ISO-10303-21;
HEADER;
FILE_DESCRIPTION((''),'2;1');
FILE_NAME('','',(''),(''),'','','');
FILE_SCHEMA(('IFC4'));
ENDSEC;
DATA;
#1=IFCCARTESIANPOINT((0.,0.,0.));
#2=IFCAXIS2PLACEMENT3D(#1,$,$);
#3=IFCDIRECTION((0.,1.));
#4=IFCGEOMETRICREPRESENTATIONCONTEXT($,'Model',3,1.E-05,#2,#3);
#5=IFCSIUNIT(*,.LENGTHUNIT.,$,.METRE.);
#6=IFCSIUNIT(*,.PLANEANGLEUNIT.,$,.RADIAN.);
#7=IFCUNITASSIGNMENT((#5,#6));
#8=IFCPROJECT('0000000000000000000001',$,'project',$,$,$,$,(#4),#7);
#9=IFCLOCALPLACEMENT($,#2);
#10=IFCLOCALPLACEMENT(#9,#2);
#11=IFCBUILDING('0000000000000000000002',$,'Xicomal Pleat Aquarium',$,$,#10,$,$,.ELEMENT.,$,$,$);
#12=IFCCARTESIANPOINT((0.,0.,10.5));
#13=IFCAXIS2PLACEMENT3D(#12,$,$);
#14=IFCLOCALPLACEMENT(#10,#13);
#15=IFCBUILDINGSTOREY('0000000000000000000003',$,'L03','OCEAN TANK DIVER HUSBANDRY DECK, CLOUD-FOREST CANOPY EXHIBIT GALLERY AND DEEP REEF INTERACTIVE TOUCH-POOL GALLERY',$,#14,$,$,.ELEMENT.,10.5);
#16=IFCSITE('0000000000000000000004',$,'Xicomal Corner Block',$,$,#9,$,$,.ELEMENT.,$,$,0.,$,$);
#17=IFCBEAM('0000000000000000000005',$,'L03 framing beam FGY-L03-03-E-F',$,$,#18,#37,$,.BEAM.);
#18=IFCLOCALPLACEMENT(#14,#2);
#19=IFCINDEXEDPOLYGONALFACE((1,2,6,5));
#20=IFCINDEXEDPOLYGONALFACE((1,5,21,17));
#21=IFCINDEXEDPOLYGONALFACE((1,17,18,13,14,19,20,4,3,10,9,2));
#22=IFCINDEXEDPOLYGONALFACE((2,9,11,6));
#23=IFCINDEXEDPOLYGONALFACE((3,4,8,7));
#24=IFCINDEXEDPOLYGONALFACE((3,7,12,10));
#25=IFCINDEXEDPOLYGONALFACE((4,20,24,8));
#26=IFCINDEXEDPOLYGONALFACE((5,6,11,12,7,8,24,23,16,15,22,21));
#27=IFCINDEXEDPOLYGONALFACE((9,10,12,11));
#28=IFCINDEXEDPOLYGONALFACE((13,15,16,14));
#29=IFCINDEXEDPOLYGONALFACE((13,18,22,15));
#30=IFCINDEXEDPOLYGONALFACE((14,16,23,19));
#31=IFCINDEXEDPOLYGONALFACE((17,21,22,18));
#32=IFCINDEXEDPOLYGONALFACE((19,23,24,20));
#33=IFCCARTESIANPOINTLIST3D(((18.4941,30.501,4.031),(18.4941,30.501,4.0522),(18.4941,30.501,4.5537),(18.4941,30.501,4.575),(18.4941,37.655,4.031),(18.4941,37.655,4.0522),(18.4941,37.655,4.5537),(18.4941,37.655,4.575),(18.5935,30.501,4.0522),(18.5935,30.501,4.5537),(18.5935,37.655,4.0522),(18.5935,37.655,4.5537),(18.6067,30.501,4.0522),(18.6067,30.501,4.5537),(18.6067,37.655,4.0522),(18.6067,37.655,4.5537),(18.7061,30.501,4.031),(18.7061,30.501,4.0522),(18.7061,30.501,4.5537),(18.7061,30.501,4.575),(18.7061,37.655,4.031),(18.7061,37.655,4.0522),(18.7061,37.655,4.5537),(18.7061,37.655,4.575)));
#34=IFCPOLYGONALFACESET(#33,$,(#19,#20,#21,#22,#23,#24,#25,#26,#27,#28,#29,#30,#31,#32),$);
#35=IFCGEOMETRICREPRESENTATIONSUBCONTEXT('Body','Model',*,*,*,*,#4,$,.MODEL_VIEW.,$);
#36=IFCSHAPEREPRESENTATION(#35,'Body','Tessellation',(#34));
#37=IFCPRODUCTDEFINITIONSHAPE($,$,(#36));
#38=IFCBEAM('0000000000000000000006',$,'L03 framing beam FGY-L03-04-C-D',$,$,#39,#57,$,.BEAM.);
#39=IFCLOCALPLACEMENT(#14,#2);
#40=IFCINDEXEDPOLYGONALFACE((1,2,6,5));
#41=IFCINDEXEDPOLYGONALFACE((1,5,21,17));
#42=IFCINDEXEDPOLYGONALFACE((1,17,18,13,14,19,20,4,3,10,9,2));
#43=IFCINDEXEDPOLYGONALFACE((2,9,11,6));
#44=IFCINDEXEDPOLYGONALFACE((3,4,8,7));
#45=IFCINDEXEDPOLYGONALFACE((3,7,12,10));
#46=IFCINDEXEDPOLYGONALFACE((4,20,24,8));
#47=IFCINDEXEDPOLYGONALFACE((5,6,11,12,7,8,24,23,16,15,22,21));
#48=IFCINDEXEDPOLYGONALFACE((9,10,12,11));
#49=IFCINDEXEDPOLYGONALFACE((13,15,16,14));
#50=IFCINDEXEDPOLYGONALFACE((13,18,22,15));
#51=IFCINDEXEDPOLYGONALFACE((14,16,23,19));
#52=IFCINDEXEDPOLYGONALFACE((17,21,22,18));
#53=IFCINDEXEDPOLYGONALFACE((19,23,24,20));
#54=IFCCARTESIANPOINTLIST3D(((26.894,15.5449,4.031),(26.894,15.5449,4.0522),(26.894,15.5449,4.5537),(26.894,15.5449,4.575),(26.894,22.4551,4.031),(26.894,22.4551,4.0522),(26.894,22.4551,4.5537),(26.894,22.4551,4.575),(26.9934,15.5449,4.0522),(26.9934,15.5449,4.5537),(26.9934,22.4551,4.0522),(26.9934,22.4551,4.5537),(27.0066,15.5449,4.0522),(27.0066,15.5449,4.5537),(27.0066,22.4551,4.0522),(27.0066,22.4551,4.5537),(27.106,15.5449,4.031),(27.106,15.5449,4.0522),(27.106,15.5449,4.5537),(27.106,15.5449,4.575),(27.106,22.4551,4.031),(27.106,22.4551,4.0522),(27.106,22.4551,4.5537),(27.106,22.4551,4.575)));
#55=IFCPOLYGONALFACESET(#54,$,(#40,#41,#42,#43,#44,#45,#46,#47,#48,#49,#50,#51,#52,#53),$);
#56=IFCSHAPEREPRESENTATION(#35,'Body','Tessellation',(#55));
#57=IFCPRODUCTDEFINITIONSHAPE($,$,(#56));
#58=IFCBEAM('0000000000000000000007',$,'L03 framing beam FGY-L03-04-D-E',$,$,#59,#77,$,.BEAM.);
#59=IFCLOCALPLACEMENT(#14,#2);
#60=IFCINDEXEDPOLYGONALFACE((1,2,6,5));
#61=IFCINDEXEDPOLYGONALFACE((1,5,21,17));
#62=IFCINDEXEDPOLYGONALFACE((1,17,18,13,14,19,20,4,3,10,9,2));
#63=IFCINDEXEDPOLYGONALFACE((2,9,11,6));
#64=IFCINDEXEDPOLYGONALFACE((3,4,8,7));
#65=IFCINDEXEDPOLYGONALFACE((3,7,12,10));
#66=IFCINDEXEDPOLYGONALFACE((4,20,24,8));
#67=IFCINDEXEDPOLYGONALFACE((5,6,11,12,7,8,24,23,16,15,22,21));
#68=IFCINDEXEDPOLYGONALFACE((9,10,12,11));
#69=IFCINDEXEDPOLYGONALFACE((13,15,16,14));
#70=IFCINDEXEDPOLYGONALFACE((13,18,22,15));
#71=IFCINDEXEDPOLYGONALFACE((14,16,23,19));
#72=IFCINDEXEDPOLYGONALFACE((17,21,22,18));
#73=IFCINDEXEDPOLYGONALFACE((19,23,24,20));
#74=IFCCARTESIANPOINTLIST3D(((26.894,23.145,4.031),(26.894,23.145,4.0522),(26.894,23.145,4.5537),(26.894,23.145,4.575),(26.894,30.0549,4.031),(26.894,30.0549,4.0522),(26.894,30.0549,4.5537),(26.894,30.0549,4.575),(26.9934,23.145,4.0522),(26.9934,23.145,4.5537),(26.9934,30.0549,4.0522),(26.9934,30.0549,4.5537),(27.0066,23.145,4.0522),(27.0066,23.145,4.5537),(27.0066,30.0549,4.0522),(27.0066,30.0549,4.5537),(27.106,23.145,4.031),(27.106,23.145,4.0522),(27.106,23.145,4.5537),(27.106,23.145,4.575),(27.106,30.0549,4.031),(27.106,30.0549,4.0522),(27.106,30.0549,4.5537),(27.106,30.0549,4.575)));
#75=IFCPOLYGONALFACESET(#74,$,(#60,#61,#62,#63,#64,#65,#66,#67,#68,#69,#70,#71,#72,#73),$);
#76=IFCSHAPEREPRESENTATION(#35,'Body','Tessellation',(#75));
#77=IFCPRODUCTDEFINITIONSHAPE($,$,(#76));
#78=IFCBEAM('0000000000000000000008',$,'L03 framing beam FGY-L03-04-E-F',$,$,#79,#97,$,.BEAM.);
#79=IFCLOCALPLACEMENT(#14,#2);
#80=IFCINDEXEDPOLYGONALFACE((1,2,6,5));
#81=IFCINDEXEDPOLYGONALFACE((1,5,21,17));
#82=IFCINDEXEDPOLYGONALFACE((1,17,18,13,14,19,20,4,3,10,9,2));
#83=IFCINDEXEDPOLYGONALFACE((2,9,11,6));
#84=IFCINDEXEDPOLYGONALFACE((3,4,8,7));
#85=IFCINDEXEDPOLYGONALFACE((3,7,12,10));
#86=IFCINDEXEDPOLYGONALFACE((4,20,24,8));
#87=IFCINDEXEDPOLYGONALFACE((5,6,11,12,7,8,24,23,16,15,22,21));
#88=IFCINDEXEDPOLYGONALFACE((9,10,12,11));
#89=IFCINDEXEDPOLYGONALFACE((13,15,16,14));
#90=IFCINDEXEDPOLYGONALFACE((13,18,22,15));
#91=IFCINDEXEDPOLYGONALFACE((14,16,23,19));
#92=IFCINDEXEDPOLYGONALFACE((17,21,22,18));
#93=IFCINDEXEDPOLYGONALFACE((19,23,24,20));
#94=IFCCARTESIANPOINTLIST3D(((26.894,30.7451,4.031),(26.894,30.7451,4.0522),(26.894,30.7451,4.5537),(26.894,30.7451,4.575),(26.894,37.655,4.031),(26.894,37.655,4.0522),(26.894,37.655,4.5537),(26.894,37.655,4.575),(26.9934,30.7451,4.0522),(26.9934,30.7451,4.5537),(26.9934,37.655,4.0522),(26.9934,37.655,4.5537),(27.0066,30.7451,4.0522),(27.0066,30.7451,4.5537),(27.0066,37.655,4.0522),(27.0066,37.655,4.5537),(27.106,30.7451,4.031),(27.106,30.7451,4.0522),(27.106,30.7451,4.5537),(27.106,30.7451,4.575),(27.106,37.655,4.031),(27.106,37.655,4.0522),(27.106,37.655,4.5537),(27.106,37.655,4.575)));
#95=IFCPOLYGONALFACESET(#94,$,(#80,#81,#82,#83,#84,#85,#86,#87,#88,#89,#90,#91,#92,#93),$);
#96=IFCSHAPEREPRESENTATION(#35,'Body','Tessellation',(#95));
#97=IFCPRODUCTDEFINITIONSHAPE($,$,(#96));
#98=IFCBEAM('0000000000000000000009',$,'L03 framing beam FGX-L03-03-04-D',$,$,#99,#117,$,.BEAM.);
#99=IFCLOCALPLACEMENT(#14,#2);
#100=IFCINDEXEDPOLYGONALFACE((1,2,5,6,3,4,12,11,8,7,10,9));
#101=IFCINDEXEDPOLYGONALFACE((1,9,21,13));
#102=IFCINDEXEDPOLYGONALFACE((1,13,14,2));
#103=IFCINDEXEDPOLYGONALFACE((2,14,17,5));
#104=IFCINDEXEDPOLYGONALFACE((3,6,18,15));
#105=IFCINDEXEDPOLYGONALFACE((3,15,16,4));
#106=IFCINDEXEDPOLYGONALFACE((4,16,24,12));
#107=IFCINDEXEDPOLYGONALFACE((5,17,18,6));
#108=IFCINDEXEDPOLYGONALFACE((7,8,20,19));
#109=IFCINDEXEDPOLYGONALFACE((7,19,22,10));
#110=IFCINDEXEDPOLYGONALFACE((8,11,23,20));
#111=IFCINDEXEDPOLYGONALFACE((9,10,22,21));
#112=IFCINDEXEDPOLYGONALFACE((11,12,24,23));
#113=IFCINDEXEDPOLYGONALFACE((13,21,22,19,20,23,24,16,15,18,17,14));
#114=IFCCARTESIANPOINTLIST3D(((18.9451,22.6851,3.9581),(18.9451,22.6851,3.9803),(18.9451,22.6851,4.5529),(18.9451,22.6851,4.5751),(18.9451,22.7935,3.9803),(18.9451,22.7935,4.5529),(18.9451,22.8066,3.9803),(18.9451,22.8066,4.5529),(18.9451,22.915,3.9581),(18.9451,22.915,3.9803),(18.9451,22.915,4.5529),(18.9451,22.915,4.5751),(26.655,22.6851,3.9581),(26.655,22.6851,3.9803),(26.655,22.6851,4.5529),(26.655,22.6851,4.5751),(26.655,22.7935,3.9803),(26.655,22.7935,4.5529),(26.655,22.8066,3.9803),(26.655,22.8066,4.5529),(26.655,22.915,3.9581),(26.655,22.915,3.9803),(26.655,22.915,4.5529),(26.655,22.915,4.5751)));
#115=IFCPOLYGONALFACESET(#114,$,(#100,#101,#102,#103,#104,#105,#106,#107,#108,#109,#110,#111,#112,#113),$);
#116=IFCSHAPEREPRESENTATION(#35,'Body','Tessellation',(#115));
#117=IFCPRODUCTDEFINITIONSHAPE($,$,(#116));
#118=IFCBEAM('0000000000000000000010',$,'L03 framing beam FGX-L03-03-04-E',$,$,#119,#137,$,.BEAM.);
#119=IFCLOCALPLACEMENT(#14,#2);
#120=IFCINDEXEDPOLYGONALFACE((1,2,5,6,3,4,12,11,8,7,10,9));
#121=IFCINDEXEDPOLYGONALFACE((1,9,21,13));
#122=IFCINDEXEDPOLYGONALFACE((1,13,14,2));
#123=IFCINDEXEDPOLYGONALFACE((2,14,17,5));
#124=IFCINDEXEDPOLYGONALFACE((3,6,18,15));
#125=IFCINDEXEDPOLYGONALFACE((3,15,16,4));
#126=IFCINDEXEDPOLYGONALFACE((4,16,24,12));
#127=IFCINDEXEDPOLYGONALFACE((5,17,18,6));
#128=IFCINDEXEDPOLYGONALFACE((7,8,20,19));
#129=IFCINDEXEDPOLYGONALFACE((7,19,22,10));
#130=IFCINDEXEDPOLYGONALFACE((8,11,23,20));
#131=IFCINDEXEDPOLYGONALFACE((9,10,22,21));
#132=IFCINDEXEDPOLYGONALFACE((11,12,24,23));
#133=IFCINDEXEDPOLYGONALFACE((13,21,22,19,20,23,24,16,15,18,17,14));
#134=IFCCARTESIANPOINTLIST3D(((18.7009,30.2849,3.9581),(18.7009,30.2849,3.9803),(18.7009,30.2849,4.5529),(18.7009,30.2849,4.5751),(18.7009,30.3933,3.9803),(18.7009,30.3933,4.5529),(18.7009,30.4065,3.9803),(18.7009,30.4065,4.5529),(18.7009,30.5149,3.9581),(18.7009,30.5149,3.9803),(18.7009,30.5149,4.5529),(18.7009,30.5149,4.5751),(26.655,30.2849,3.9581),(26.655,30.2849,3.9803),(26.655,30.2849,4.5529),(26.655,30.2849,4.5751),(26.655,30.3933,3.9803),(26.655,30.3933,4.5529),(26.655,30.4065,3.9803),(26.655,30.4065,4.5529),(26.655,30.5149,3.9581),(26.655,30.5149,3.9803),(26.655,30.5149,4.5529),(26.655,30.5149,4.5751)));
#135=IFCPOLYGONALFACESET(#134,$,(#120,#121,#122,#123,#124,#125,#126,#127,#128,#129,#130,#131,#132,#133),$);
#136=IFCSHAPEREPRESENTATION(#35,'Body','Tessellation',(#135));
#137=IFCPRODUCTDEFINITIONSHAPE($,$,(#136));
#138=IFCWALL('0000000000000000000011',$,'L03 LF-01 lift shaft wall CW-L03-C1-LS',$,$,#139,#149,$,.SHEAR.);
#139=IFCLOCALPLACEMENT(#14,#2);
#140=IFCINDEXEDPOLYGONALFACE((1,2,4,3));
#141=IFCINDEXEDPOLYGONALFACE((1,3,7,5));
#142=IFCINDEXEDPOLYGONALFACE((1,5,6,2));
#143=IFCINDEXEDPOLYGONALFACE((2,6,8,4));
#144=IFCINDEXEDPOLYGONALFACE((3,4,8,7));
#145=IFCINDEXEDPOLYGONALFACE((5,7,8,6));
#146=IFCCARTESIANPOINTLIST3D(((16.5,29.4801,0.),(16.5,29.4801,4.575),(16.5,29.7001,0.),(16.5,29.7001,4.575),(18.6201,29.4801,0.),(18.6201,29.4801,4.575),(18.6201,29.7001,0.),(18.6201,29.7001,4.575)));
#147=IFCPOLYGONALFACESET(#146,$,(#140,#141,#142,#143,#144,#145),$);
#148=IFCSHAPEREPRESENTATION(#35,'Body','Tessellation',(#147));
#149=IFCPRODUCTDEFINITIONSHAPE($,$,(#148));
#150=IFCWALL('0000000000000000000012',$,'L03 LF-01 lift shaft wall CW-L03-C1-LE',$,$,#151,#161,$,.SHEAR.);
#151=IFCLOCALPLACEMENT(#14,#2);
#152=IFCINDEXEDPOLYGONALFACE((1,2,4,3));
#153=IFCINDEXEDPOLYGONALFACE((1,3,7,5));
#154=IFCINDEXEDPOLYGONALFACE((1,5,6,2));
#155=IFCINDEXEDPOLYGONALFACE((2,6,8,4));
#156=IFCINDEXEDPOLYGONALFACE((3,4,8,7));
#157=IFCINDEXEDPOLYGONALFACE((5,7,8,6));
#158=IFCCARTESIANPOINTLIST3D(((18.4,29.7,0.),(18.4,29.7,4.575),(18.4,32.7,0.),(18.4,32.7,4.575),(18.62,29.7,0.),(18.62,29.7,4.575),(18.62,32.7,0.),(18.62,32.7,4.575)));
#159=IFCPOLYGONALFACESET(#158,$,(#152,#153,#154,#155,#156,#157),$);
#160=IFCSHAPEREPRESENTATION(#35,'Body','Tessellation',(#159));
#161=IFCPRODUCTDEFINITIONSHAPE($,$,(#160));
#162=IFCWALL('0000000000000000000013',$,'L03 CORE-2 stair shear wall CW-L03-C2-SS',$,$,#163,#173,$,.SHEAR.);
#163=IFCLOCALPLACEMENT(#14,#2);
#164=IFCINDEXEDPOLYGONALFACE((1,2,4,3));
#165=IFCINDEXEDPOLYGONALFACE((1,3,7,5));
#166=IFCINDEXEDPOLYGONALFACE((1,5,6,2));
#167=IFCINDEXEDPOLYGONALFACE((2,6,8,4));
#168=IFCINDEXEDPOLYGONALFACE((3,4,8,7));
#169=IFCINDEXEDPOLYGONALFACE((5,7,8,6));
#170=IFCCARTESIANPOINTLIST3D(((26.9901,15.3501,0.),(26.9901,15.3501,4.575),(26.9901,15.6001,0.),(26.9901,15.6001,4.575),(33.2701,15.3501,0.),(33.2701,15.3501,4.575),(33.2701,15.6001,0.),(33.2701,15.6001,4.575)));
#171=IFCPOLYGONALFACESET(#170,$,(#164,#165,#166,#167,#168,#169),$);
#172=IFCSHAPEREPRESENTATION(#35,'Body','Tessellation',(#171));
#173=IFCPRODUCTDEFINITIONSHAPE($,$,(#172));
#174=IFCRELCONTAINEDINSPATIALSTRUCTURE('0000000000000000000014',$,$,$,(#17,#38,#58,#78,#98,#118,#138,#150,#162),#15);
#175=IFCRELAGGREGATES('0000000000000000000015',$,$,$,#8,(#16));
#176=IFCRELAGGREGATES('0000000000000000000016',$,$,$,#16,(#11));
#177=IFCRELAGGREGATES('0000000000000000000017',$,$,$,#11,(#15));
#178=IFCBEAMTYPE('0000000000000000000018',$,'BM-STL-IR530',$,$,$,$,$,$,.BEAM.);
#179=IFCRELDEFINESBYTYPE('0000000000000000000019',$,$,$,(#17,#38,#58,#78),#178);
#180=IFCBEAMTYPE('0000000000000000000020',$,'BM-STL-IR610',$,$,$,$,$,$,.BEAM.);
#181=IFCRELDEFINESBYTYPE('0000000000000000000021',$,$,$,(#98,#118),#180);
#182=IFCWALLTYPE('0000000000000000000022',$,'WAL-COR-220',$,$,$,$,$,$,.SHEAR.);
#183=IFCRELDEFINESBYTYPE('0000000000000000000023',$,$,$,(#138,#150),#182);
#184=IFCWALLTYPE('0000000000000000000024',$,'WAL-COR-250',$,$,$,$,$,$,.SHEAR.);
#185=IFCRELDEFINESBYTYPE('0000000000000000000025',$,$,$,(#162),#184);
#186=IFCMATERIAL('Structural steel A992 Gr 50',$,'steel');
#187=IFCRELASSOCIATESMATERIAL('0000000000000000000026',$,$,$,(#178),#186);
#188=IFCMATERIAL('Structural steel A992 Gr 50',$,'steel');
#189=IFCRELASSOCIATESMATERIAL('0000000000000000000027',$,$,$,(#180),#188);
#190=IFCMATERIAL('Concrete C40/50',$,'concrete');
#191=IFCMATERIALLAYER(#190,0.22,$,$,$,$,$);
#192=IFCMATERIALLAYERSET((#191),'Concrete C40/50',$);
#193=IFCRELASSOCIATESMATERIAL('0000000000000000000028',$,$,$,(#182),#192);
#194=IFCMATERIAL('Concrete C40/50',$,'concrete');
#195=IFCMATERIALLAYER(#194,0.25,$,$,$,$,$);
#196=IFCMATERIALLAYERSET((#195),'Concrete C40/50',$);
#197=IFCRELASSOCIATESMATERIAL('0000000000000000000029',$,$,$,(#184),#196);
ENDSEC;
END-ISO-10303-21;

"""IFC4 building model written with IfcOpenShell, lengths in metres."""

from ifc_helpers import new_model, si_unit, direction, frame, frame_2d, origin, origin_2d, place, context, subcontext, project, spatial, rectangle, i_section, extrude, material, layer, layer_set, material_profile, profile_set, type_object, element, save


model = new_model("IFC4")

# Units and contexts
model_context = context("Model", 3, precision=1e-05, world=origin(), true_north=direction((0.0, 1.0)))
body_context = subcontext(model_context, "Body", "Model", "MODEL_VIEW")
ifc_project = project(units=[si_unit("LENGTHUNIT", "METRE"), si_unit("PLANEANGLEUNIT", "RADIAN")], contexts=[model_context])

# Site, building, storey
site_placement = place(None, origin())
site = spatial("IfcSite", under=ifc_project, at=site_placement, Name="Xicomal Corner Block", CompositionType="ELEMENT", RefElevation=0.0)
building_placement = place(site_placement, origin())
building = spatial("IfcBuilding", under=site, at=building_placement, Name="Xicomal Pleat Aquarium", CompositionType="ELEMENT")
storey_placement = place(building_placement, frame((0.0, 0.0, 10.5)))
storey = spatial("IfcBuildingStorey", under=building, at=storey_placement, Name="L03", Description="OCEAN TANK DIVER HUSBANDRY DECK, CLOUD-FOREST CANOPY EXHIBIT GALLERY AND DEEP REEF INTERACTIVE TOUCH-POOL GALLERY", CompositionType="ELEMENT", Elevation=10.5)

# Beams
ifc_material_1 = material(Name="Structural steel A992 Gr 50", Category="steel")
ifc_material_profile_1 = material_profile(ifc_material_1, i_section(OverallWidth=0.2119, OverallDepth=0.5439, WebThickness=0.0132, FlangeThickness=0.0212, at=origin_2d()), Name="IR 530x123")
ifc_profile_set_1 = profile_set([ifc_material_profile_1], Name="Structural steel A992 Gr 50")
beam_type_1 = type_object("IfcBeamType", Name="BM-STL-IR530", PredefinedType="BEAM", material=ifc_profile_set_1)
for number, where, z_axis, x_axis, name in (
    (1, (18.6001, 30.501, 4.303), (0.0, 1.0, 0.0), (-1.0, 0.0, 0.0), "L03 framing beam FGY-L03-03-E-F"),
):
    element("IfcBeam", number, at=place(storey_placement, frame(where, z_axis=z_axis, x_axis=x_axis)), inside=storey, type_object=beam_type_1, Name=name, PredefinedType="BEAM", context=body_context, shape_type="SweptSolid", body=[
        extrude(i_section(OverallWidth=0.2119, OverallDepth=0.5439, WebThickness=0.0132, FlangeThickness=0.0212, at=origin_2d()), origin(), (0.0, 0.0, 1.0), 7.1541),
    ])
beam_1_placement = place(storey_placement, frame((27.0, 15.5449, 4.303), z_axis=(0.0, 1.0, 0.0), x_axis=(-1.0, 0.0, 0.0)))
element("IfcBeam", 2, at=beam_1_placement, inside=storey, type_object=beam_type_1, Name="L03 framing beam FGY-L03-04-C-D", PredefinedType="BEAM", context=body_context, shape_type="SweptSolid", body=[
    extrude(i_section(OverallWidth=0.2119, OverallDepth=0.5439, WebThickness=0.0132, FlangeThickness=0.0212, at=origin_2d()), origin(), (0.0, 0.0, 1.0), 6.9102),
])
for number, where, z_axis, x_axis, name in (
    (3, (27.0, 23.145, 4.303), (0.0, 1.0, 0.0), (-1.0, 0.0, 0.0), "L03 framing beam FGY-L03-04-D-E"),
    (4, (27.0, 30.7451, 4.303), (0.0, 1.0, 0.0), (-1.0, 0.0, 0.0), "L03 framing beam FGY-L03-04-E-F"),
):
    element("IfcBeam", number, at=place(storey_placement, frame(where, z_axis=z_axis, x_axis=x_axis)), inside=storey, type_object=beam_type_1, Name=name, PredefinedType="BEAM", context=body_context, shape_type="SweptSolid", body=[
        extrude(i_section(OverallWidth=0.2119, OverallDepth=0.5439, WebThickness=0.0132, FlangeThickness=0.0212, at=origin_2d()), origin(), (0.0, 0.0, 1.0), 6.9099),
    ])
ifc_material_2 = material(Name="Structural steel A992 Gr 50", Category="steel")
ifc_material_profile_2 = material_profile(ifc_material_2, i_section(OverallWidth=0.23, OverallDepth=0.6169, WebThickness=0.0132, FlangeThickness=0.0222, at=origin_2d()), Name="IR 610x140")
ifc_profile_set_2 = profile_set([ifc_material_profile_2], Name="Structural steel A992 Gr 50")
beam_type_2 = type_object("IfcBeamType", Name="BM-STL-IR610", PredefinedType="BEAM", material=ifc_profile_set_2)
beam_2_placement = place(storey_placement, frame((18.9451, 22.8, 4.2666), z_axis=(1.0, 0.0, 0.0), x_axis=(0.0, 1.0, 0.0)))
element("IfcBeam", 5, at=beam_2_placement, inside=storey, type_object=beam_type_2, Name="L03 framing beam FGX-L03-03-04-D", PredefinedType="BEAM", context=body_context, shape_type="SweptSolid", body=[
    extrude(i_section(OverallWidth=0.23, OverallDepth=0.6169, WebThickness=0.0132, FlangeThickness=0.0222, at=origin_2d()), origin(), (0.0, 0.0, 1.0), 7.71),
])
beam_3_placement = place(storey_placement, frame((18.7009, 30.3999, 4.2666), z_axis=(1.0, 0.0, 0.0), x_axis=(0.0, 1.0, 0.0)))
element("IfcBeam", 6, at=beam_3_placement, inside=storey, type_object=beam_type_2, Name="L03 framing beam FGX-L03-03-04-E", PredefinedType="BEAM", context=body_context, shape_type="SweptSolid", body=[
    extrude(i_section(OverallWidth=0.23, OverallDepth=0.6169, WebThickness=0.0132, FlangeThickness=0.0222, at=origin_2d()), origin(), (0.0, 0.0, 1.0), 7.9541),
])

# Walls
ifc_material_3 = material(Name="Concrete C40/50", Category="concrete")
ifc_layer_1 = layer(ifc_material_3, 0.22)
ifc_layer_set_1 = layer_set([ifc_layer_1], Name="Concrete C40/50")
wall_type_1 = type_object("IfcWallType", Name="WAL-COR-220", PredefinedType="SHEAR", material=ifc_layer_set_1)
wall_1_placement = place(storey_placement, frame((16.5, 29.5901, 0.0), z_axis=(0.0, 0.0, 1.0), x_axis=(1.0, 0.0, 0.0)))
element("IfcWall", 7, at=wall_1_placement, inside=storey, type_object=wall_type_1, Name="L03 LF-01 lift shaft wall CW-L03-C1-LS", PredefinedType="SHEAR", context=body_context, shape_type="SweptSolid", body=[
    extrude(rectangle(XDim=2.1201, YDim=0.22, at=frame_2d((1.0601, 0.0))), origin(), (0.0, 0.0, 1.0), 4.575),
])
wall_2_placement = place(storey_placement, frame((18.51, 29.7, 0.0), z_axis=(0.0, 0.0, 1.0), x_axis=(0.0, 1.0, 0.0)))
element("IfcWall", 8, at=wall_2_placement, inside=storey, type_object=wall_type_1, Name="L03 LF-01 lift shaft wall CW-L03-C1-LE", PredefinedType="SHEAR", context=body_context, shape_type="SweptSolid", body=[
    extrude(rectangle(XDim=3.0, YDim=0.22, at=frame_2d((1.5, 0.0))), origin(), (0.0, 0.0, 1.0), 4.575),
])
ifc_material_4 = material(Name="Concrete C40/50", Category="concrete")
ifc_layer_2 = layer(ifc_material_4, 0.25)
ifc_layer_set_2 = layer_set([ifc_layer_2], Name="Concrete C40/50")
wall_type_2 = type_object("IfcWallType", Name="WAL-COR-250", PredefinedType="SHEAR", material=ifc_layer_set_2)
wall_3_placement = place(storey_placement, frame((26.99, 15.4751, 0.0), z_axis=(0.0, 0.0, 1.0), x_axis=(1.0, 0.0, 0.0)))
element("IfcWall", 9, at=wall_3_placement, inside=storey, type_object=wall_type_2, Name="L03 CORE-2 stair shear wall CW-L03-C2-SS", PredefinedType="SHEAR", context=body_context, shape_type="SweptSolid", body=[
    extrude(rectangle(XDim=6.28, YDim=0.25, at=frame_2d((3.1401, 0.0))), origin(), (0.0, 0.0, 1.0), 4.575),
])

save(model, "model.ifc")
